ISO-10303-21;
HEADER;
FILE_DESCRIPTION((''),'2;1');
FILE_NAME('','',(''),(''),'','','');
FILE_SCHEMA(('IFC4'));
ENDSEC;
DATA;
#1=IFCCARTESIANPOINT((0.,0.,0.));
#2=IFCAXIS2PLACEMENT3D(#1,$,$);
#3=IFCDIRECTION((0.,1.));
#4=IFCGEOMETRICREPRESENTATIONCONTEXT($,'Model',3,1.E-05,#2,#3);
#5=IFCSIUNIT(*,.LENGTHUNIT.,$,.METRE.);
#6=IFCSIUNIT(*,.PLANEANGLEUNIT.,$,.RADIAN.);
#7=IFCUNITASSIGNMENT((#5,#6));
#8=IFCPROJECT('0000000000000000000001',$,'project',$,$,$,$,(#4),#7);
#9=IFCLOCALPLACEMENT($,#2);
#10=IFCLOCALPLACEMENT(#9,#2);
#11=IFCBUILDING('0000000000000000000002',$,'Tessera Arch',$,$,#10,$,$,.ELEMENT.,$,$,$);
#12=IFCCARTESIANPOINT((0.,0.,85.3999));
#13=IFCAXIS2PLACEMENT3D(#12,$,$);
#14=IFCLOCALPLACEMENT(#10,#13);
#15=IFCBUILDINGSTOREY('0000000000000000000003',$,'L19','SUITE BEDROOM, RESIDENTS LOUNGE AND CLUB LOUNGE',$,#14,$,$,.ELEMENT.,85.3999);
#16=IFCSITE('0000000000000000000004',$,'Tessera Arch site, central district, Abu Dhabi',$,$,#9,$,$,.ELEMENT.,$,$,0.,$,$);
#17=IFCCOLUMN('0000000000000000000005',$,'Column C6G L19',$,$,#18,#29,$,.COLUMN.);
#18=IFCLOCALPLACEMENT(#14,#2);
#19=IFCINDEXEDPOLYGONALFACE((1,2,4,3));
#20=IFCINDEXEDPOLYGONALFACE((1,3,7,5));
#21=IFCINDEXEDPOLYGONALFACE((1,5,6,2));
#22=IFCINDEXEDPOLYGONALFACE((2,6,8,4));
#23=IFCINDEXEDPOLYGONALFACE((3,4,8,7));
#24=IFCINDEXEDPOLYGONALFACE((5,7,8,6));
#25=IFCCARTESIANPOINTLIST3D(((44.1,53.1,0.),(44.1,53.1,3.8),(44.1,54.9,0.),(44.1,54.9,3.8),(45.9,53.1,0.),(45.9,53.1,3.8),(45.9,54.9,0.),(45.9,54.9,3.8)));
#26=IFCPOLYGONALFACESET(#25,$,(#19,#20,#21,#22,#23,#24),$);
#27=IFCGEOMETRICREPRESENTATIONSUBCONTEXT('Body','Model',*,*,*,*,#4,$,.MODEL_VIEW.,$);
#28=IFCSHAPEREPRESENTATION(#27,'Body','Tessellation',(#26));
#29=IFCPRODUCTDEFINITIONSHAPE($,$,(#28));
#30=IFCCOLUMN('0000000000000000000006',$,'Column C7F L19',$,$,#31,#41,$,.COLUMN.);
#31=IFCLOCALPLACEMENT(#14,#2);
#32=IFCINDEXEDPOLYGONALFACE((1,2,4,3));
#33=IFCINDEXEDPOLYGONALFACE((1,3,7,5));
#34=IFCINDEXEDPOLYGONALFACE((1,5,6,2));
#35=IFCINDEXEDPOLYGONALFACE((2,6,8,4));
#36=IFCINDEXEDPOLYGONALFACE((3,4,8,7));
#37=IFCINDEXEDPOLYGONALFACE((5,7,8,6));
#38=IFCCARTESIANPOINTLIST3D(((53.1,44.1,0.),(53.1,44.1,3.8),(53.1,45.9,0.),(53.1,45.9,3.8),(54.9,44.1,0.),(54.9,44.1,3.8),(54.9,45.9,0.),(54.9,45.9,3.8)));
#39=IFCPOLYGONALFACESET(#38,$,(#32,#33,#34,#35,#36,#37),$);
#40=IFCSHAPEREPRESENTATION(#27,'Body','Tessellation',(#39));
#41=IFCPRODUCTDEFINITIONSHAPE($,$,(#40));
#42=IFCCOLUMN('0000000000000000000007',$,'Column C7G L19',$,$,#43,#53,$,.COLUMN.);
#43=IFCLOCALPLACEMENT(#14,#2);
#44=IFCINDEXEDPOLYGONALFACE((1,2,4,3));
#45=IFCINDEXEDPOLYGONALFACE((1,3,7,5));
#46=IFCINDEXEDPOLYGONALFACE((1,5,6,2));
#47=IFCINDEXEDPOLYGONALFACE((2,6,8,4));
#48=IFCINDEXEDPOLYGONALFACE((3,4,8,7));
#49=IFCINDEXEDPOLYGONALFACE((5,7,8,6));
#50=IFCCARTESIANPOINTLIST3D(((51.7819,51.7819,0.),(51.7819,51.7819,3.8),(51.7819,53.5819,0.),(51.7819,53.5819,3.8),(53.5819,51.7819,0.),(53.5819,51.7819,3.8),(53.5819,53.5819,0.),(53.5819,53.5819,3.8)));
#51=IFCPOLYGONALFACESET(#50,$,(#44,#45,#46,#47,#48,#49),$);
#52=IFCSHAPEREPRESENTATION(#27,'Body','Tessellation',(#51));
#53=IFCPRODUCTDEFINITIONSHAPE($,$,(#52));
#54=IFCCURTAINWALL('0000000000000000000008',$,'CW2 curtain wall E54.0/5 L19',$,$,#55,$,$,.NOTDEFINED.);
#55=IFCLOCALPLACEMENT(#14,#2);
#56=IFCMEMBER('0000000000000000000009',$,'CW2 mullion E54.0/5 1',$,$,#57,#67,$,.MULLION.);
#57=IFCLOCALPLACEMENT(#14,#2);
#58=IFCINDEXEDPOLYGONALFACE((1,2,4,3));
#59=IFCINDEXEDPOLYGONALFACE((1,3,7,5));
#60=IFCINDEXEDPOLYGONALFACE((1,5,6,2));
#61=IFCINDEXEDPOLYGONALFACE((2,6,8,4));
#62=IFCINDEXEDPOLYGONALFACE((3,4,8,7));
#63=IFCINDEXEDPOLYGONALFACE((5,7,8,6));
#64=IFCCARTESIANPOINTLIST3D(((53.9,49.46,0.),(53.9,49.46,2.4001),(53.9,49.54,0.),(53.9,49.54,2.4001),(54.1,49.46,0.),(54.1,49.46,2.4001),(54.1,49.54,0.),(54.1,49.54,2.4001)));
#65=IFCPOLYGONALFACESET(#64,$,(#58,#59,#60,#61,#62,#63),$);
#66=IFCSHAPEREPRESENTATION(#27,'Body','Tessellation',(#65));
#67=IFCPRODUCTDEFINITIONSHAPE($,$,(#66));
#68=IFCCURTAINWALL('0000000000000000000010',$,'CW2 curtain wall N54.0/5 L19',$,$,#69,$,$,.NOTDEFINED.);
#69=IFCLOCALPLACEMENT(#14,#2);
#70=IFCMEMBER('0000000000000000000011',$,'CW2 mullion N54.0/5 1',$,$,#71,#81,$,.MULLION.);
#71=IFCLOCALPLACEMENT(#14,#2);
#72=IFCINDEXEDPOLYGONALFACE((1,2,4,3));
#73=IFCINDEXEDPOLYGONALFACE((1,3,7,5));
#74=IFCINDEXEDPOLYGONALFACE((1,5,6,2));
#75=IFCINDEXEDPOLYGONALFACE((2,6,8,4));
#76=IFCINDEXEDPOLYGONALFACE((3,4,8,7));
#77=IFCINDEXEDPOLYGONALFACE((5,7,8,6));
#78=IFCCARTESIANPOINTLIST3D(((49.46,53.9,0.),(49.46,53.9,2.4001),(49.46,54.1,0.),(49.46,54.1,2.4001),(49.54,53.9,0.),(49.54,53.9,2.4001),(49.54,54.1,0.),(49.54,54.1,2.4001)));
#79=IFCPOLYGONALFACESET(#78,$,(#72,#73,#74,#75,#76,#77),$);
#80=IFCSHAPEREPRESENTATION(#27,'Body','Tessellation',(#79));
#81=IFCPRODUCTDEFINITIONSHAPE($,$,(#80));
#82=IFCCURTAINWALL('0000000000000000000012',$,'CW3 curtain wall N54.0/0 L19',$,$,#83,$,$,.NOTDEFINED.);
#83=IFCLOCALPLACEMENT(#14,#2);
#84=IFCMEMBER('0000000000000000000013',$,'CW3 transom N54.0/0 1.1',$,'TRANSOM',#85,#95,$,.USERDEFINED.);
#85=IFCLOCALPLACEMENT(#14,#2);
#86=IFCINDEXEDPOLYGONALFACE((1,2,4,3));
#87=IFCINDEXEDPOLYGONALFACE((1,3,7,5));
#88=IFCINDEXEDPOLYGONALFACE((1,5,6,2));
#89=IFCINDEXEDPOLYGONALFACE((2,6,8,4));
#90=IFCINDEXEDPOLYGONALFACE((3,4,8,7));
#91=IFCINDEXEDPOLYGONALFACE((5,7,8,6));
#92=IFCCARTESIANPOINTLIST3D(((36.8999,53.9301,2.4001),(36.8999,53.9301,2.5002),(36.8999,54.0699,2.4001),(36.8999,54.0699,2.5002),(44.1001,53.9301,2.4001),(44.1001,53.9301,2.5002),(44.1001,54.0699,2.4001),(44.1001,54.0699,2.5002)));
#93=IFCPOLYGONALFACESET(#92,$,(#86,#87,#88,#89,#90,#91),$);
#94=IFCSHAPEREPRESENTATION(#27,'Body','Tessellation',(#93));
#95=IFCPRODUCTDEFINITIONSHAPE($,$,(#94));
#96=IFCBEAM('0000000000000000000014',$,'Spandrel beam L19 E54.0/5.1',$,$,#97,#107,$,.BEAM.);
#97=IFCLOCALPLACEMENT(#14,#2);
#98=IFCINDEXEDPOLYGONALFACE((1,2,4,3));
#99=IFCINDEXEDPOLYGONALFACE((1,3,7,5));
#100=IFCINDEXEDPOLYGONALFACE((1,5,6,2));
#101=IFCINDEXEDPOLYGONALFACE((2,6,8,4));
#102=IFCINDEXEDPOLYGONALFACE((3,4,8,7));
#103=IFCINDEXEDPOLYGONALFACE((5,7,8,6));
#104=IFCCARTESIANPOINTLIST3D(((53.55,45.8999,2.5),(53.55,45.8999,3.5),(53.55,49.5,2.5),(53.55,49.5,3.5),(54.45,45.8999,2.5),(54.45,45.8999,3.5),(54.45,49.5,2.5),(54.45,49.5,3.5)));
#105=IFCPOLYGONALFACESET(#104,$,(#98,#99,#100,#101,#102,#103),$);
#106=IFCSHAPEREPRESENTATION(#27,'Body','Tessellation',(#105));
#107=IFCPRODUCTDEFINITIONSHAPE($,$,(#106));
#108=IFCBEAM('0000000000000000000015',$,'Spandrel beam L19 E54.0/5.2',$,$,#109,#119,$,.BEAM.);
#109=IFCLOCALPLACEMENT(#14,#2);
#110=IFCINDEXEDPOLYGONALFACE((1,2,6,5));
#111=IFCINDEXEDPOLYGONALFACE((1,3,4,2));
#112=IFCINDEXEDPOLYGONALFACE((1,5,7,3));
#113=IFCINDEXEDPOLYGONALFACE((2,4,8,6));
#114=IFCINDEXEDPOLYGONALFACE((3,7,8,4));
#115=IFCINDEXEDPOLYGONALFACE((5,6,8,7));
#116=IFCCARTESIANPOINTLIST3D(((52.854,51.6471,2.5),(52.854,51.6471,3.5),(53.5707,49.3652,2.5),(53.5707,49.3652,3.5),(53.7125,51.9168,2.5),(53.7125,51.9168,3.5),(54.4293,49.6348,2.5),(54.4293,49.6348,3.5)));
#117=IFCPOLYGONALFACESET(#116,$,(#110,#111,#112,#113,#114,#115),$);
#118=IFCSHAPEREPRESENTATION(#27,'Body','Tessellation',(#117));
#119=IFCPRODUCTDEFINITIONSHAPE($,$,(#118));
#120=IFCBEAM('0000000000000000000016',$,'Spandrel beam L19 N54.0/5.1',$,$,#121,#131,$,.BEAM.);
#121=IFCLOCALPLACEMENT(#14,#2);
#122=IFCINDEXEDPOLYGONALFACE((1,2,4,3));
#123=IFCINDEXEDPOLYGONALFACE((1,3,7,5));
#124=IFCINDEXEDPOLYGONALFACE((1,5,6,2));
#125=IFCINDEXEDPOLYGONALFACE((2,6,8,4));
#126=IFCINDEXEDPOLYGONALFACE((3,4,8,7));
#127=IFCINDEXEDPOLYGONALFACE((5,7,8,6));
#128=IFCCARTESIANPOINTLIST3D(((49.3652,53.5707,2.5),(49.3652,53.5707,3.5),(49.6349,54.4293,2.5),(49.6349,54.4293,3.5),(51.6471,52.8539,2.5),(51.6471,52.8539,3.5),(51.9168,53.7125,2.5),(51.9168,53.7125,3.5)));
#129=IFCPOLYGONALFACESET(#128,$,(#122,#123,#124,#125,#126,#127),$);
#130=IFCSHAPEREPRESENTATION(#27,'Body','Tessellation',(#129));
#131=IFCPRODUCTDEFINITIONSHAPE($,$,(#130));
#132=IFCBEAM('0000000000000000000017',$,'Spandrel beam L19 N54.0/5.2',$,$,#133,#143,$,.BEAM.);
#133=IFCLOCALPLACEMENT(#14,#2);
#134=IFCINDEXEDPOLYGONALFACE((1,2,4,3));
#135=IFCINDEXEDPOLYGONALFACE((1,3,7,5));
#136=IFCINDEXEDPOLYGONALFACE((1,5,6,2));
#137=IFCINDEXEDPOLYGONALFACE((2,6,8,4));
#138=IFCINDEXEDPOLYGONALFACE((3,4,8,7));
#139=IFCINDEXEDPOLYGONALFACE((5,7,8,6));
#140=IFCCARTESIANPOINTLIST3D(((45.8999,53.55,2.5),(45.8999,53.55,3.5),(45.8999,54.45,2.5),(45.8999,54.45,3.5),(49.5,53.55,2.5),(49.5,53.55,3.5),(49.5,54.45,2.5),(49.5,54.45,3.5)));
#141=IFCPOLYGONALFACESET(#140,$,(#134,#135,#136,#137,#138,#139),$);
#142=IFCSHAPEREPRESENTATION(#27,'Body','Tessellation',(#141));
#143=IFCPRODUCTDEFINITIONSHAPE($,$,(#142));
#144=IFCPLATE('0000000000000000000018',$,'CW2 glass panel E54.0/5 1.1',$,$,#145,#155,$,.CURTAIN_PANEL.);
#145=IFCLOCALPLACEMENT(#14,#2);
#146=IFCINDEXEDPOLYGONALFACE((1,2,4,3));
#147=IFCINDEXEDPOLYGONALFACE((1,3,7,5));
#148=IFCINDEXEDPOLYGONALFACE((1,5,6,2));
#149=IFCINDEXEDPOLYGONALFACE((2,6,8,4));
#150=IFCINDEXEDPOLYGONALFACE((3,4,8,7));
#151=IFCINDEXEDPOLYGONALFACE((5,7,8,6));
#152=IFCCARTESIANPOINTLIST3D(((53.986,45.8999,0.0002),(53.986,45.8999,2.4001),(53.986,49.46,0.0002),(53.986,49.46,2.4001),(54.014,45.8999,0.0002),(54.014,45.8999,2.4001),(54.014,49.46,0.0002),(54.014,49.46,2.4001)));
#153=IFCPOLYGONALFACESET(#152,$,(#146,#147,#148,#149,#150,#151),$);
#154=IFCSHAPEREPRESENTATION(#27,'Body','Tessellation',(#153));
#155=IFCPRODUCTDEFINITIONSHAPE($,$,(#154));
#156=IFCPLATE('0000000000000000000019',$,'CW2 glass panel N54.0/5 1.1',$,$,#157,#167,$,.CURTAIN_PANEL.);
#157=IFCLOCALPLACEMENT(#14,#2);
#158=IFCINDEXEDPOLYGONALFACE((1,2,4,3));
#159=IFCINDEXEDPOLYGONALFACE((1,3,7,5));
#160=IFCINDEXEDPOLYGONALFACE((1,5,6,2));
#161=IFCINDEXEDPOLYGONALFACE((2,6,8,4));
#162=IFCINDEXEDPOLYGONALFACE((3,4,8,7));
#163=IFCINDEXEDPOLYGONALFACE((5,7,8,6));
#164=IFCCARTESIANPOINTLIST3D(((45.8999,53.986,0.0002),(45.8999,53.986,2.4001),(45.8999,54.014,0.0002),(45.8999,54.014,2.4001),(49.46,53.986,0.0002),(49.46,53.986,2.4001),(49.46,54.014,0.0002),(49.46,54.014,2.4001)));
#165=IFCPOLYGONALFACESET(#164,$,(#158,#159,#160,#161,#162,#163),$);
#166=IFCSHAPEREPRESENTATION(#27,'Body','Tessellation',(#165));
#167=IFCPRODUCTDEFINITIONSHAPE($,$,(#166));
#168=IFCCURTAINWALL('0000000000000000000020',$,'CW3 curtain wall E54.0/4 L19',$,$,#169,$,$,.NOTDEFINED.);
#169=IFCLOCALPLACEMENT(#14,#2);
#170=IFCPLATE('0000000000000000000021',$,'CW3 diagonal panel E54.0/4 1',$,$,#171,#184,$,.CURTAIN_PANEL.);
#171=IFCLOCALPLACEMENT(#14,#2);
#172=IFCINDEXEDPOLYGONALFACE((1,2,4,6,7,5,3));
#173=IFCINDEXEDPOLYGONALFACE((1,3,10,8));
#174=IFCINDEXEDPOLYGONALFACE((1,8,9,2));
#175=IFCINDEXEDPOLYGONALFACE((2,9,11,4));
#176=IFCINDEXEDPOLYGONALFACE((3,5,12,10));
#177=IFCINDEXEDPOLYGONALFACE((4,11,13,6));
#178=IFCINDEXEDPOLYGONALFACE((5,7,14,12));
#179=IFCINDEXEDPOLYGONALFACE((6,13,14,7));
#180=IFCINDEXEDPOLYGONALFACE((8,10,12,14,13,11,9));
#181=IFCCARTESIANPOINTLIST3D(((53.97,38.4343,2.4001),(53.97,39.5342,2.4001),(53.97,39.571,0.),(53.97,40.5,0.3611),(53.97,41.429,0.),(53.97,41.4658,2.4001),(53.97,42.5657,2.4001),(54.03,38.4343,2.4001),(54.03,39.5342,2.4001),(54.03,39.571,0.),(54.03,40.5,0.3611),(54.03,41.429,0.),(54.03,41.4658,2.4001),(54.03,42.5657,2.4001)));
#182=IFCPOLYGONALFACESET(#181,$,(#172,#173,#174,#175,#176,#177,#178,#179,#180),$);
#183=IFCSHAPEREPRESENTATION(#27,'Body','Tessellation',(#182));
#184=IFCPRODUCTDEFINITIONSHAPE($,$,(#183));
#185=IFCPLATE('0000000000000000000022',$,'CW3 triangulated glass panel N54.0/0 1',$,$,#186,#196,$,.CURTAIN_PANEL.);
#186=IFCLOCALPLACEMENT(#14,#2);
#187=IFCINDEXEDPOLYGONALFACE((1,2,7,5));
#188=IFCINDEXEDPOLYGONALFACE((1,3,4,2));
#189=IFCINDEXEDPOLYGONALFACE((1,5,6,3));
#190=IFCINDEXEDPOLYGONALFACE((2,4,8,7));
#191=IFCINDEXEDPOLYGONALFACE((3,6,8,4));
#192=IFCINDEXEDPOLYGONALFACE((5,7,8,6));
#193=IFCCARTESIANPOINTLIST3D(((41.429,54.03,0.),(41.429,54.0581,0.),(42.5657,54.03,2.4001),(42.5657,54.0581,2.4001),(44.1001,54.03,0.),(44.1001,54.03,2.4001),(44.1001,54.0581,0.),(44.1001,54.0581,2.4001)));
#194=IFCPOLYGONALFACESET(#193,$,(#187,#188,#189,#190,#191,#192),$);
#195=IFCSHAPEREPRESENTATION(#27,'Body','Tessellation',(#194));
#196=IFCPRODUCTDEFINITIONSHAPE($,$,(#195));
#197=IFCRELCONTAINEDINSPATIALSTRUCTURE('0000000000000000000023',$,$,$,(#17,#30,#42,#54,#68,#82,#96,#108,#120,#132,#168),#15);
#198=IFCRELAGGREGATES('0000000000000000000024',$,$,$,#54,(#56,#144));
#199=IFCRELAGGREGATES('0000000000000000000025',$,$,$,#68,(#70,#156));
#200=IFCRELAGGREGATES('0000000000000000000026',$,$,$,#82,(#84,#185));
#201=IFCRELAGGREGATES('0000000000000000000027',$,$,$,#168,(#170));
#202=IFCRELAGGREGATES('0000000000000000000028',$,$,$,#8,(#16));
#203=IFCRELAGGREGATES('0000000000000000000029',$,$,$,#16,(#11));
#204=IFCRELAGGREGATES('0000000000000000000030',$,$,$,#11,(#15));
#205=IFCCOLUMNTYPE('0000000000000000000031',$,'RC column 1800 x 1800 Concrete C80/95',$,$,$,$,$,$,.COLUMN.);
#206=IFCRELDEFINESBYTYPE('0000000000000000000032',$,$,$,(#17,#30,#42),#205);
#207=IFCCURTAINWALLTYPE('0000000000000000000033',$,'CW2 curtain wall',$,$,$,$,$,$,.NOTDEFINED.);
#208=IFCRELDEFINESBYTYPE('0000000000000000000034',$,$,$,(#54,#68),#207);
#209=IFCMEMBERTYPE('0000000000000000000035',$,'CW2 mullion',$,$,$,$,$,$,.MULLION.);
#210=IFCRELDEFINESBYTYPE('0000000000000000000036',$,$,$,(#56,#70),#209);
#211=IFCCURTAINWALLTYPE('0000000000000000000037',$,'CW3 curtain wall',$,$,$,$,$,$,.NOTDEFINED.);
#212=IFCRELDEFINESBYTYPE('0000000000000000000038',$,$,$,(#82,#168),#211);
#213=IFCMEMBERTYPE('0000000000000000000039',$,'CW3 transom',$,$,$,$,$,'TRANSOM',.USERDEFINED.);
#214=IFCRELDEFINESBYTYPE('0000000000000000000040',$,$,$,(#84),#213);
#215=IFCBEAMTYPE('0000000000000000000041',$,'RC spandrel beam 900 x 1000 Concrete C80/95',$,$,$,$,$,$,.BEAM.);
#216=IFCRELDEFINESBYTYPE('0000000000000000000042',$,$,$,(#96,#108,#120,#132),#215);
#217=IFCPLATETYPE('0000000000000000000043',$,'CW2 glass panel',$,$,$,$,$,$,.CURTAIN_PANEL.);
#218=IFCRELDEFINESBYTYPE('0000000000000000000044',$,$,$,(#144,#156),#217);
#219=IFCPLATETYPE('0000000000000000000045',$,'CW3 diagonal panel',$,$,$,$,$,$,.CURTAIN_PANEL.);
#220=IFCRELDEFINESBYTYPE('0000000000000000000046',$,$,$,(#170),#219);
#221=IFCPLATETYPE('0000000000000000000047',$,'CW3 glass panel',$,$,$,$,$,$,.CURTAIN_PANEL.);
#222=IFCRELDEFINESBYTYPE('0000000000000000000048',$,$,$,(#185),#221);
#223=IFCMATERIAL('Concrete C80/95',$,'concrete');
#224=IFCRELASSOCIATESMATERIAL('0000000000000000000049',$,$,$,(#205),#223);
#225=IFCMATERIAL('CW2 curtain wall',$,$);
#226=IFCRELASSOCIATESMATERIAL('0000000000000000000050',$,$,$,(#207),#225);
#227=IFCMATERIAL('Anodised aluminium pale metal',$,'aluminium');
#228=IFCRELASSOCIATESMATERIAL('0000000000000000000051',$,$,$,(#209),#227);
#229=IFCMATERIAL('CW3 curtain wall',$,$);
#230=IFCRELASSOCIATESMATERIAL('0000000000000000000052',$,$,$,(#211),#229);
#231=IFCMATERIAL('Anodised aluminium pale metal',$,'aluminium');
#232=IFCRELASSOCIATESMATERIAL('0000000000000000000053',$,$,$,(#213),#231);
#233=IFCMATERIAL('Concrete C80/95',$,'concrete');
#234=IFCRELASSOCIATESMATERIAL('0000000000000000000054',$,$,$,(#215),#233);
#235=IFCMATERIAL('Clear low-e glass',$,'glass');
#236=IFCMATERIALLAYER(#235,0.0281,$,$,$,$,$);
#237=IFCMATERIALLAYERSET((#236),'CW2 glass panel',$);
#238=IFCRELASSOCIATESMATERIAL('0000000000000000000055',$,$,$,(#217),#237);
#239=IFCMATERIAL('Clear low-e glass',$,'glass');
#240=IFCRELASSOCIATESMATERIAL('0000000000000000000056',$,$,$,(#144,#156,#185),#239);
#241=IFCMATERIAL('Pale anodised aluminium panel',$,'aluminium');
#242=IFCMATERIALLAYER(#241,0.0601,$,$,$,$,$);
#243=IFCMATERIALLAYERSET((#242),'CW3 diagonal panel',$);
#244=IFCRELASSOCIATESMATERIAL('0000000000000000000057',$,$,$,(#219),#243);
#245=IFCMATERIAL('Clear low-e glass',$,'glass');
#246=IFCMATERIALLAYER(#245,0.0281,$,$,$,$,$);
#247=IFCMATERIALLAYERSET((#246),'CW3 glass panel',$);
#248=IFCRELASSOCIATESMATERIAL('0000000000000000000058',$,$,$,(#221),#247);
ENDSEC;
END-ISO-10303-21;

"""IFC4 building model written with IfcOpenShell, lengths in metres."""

from ifc_helpers import new_model, si_unit, direction, frame, origin, origin_2d, place, context, subcontext, project, spatial, polyline, rectangle, outline, extrude, material, layer, layer_set, material_profile, profile_set, type_object, element, aggregate, save


model = new_model("IFC4")

# Units and contexts
model_context = context("Model", 3, precision=1e-05, world=origin(), true_north=direction((0.0, 1.0)))
body_context = subcontext(model_context, "Body", "Model", "MODEL_VIEW")
ifc_project = project(units=[si_unit("LENGTHUNIT", "METRE"), si_unit("PLANEANGLEUNIT", "RADIAN")], contexts=[model_context])

# Site, building, storey
site_placement = place(None, origin())
site = spatial("IfcSite", under=ifc_project, at=site_placement, Name="Tessera Arch site, central district, Abu Dhabi", CompositionType="ELEMENT", RefElevation=0.0)
building_placement = place(site_placement, origin())
building = spatial("IfcBuilding", under=site, at=building_placement, Name="Tessera Arch", CompositionType="ELEMENT")
storey_placement = place(building_placement, frame((0.0, 0.0, 85.3999)))
storey = spatial("IfcBuildingStorey", under=building, at=storey_placement, Name="L19", Description="SUITE BEDROOM, RESIDENTS LOUNGE AND CLUB LOUNGE", CompositionType="ELEMENT", Elevation=85.3999)

# Columns
ifc_material_1 = material(Name="Concrete C80/95", Category="concrete")
ifc_material_profile_1 = material_profile(ifc_material_1, rectangle(XDim=1.8, YDim=1.8, at=origin_2d()), Name="RC column 1800 x 1800 Concrete C80/95")
ifc_profile_set_1 = profile_set([ifc_material_profile_1], Name="Concrete C80/95")
column_type = type_object("IfcColumnType", Name="RC column 1800 x 1800 Concrete C80/95", PredefinedType="COLUMN", material=ifc_profile_set_1)
for number, where, z_axis, x_axis, name in (
    (1, (45.0, 54.0, 0.0), (0.0, 0.0, 1.0), (1.0, 0.0, 0.0), "Column C6G L19"),
    (2, (54.0, 45.0, 0.0), (0.0, 0.0, 1.0), (1.0, 0.0, 0.0), "Column C7F L19"),
    (3, (52.6819, 52.6819, 0.0), (0.0, 0.0, 1.0), (1.0, 0.0, 0.0), "Column C7G L19"),
):
    element("IfcColumn", number, at=place(storey_placement, frame(where, z_axis=z_axis, x_axis=x_axis)), inside=storey, type_object=column_type, Name=name, PredefinedType="COLUMN", context=body_context, shape_type="SweptSolid", body=[
        extrude(rectangle(XDim=1.8, YDim=1.8, at=origin_2d()), origin(), (0.0, 0.0, 1.0), 3.8),
    ])

# Curtain walls, members
ifc_material_2 = material(Name="CW2 curtain wall")
curtain_wall_type_1 = type_object("IfcCurtainWallType", Name="CW2 curtain wall", PredefinedType="NOTDEFINED", material=ifc_material_2)
curtain_wall_1_placement = place(storey_placement, origin())
curtain_wall_1 = element("IfcCurtainWall", 4, at=curtain_wall_1_placement, inside=storey, type_object=curtain_wall_type_1, Name="CW2 curtain wall E54.0/5 L19", PredefinedType="NOTDEFINED")
ifc_material_3 = material(Name="Anodised aluminium pale metal", Category="aluminium")
ifc_material_profile_2 = material_profile(ifc_material_3, rectangle(XDim=0.2, YDim=0.0801, at=origin_2d()), Name="AL 80x200")
ifc_profile_set_2 = profile_set([ifc_material_profile_2], Name="Anodised aluminium pale metal")
member_type_1 = type_object("IfcMemberType", Name="CW2 mullion", PredefinedType="MULLION", material=ifc_profile_set_2)
member_1_placement = place(storey_placement, frame((54.0, 49.5, 0.0), z_axis=(0.0, 0.0, 1.0), x_axis=(-1.0, 0.0, 0.0)))
member_1 = element("IfcMember", 5, at=member_1_placement, type_object=member_type_1, Name="CW2 mullion E54.0/5 1", PredefinedType="MULLION", context=body_context, shape_type="SweptSolid", body=[
    extrude(rectangle(XDim=0.2, YDim=0.0801, at=origin_2d()), origin(), (0.0, 0.0, 1.0), 2.4001),
])
curtain_wall_2_placement = place(storey_placement, origin())
curtain_wall_2 = element("IfcCurtainWall", 6, at=curtain_wall_2_placement, inside=storey, type_object=curtain_wall_type_1, Name="CW2 curtain wall N54.0/5 L19", PredefinedType="NOTDEFINED")
member_2_placement = place(storey_placement, frame((49.5, 54.0, 0.0), z_axis=(0.0, 0.0, 1.0), x_axis=(0.0, -1.0, 0.0)))
member_2 = element("IfcMember", 7, at=member_2_placement, type_object=member_type_1, Name="CW2 mullion N54.0/5 1", PredefinedType="MULLION", context=body_context, shape_type="SweptSolid", body=[
    extrude(rectangle(XDim=0.2, YDim=0.0801, at=origin_2d()), origin(), (0.0, 0.0, 1.0), 2.4001),
])
ifc_material_4 = material(Name="CW3 curtain wall")
curtain_wall_type_2 = type_object("IfcCurtainWallType", Name="CW3 curtain wall", PredefinedType="NOTDEFINED", material=ifc_material_4)
curtain_wall_3_placement = place(storey_placement, origin())
curtain_wall_3 = element("IfcCurtainWall", 8, at=curtain_wall_3_placement, inside=storey, type_object=curtain_wall_type_2, Name="CW3 curtain wall N54.0/0 L19", PredefinedType="NOTDEFINED")
ifc_material_5 = material(Name="Anodised aluminium pale metal", Category="aluminium")
ifc_material_profile_3 = material_profile(ifc_material_5, rectangle(XDim=0.1399, YDim=0.1001, at=origin_2d()), Name="AL 140x100")
ifc_profile_set_3 = profile_set([ifc_material_profile_3], Name="Anodised aluminium pale metal")
member_type_2 = type_object("IfcMemberType", Name="CW3 transom", ElementType="TRANSOM", PredefinedType="USERDEFINED", material=ifc_profile_set_3)
member_3_placement = place(storey_placement, frame((44.1001, 54.0, 2.4502), z_axis=(-1.0, 0.0, 0.0), x_axis=(0.0, -1.0, 0.0)))
member_3 = element("IfcMember", 9, at=member_3_placement, type_object=member_type_2, Name="CW3 transom N54.0/0 1.1", ObjectType="TRANSOM", PredefinedType="USERDEFINED", context=body_context, shape_type="SweptSolid", body=[
    extrude(rectangle(XDim=0.1399, YDim=0.1001, at=origin_2d()), origin(), (0.0, 0.0, 1.0), 7.2002),
])

# Beams
ifc_material_6 = material(Name="Concrete C80/95", Category="concrete")
ifc_material_profile_4 = material_profile(ifc_material_6, rectangle(XDim=0.8999, YDim=1.0, at=origin_2d()), Name="RC spandrel beam 900 x 1000 Concrete C80/95")
ifc_profile_set_4 = profile_set([ifc_material_profile_4], Name="Concrete C80/95")
beam_type = type_object("IfcBeamType", Name="RC spandrel beam 900 x 1000 Concrete C80/95", PredefinedType="BEAM", material=ifc_profile_set_4)
beam_1_placement = place(storey_placement, frame((54.0, 45.8999, 3.0), z_axis=(0.0, 1.0, 0.0), x_axis=(-1.0, 0.0, 0.0)))
element("IfcBeam", 10, at=beam_1_placement, inside=storey, type_object=beam_type, Name="Spandrel beam L19 E54.0/5.1", PredefinedType="BEAM", context=body_context, shape_type="SweptSolid", body=[
    extrude(rectangle(XDim=0.8999, YDim=1.0, at=origin_2d()), origin(), (0.0, 0.0, 1.0), 3.6001),
])
for number, where, z_axis, x_axis, name in (
    (11, (54.0, 49.5, 3.0), (-0.299675, 0.954041, 0.0), (-0.954041, -0.299675, 0.0), "Spandrel beam L19 E54.0/5.2"),
    (12, (51.782, 53.2832, 3.0), (-0.954041, 0.299675, 0.0), (-0.299675, -0.954041, 0.0), "Spandrel beam L19 N54.0/5.1"),
):
    element("IfcBeam", number, at=place(storey_placement, frame(where, z_axis=z_axis, x_axis=x_axis)), inside=storey, type_object=beam_type, Name=name, PredefinedType="BEAM", context=body_context, shape_type="SweptSolid", body=[
        extrude(rectangle(XDim=0.8999, YDim=1.0, at=origin_2d()), origin(), (0.0, 0.0, 1.0), 2.3918),
    ])
beam_2_placement = place(storey_placement, frame((49.5, 54.0, 3.0), z_axis=(-1.0, 0.0, 0.0), x_axis=(0.0, -1.0, 0.0)))
element("IfcBeam", 13, at=beam_2_placement, inside=storey, type_object=beam_type, Name="Spandrel beam L19 N54.0/5.2", PredefinedType="BEAM", context=body_context, shape_type="SweptSolid", body=[
    extrude(rectangle(XDim=0.8999, YDim=1.0, at=origin_2d()), origin(), (0.0, 0.0, 1.0), 3.6001),
])

# Plates
ifc_material_7 = material(Name="Clear low-e glass", Category="glass")
ifc_material_8 = material(Name="Clear low-e glass", Category="glass")
ifc_layer_1 = layer(ifc_material_8, 0.0281)
ifc_layer_set_1 = layer_set([ifc_layer_1], Name="CW2 glass panel")
plate_type_1 = type_object("IfcPlateType", Name="CW2 glass panel", PredefinedType="CURTAIN_PANEL", material=ifc_layer_set_1)
plate_1_placement = place(storey_placement, frame((54.0, 47.6799, 0.0002), z_axis=(0.0, 0.0, 1.0), x_axis=(0.0, 1.0, 0.0)))
plate_1 = element("IfcPlate", 14, at=plate_1_placement, type_object=plate_type_1, material=ifc_material_7, Name="CW2 glass panel E54.0/5 1.1", PredefinedType="CURTAIN_PANEL", context=body_context, shape_type="SweptSolid", body=[
    extrude(rectangle(XDim=3.5601, YDim=0.0281, at=origin_2d()), origin(), (0.0, 0.0, 1.0), 2.3999),
])
aggregate(curtain_wall_1, [member_1, plate_1])
plate_2_placement = place(storey_placement, frame((47.6799, 54.0, 0.0002), z_axis=(0.0, 0.0, 1.0), x_axis=(-1.0, 0.0, 0.0)))
plate_2 = element("IfcPlate", 15, at=plate_2_placement, type_object=plate_type_1, material=ifc_material_7, Name="CW2 glass panel N54.0/5 1.1", PredefinedType="CURTAIN_PANEL", context=body_context, shape_type="SweptSolid", body=[
    extrude(rectangle(XDim=3.5601, YDim=0.0281, at=origin_2d()), origin(), (0.0, 0.0, 1.0), 2.3999),
])
aggregate(curtain_wall_2, [member_2, plate_2])

# Curtain wall, plate
curtain_wall_4_placement = place(storey_placement, origin())
curtain_wall_4 = element("IfcCurtainWall", 16, at=curtain_wall_4_placement, inside=storey, type_object=curtain_wall_type_2, Name="CW3 curtain wall E54.0/4 L19", PredefinedType="NOTDEFINED")
ifc_material_9 = material(Name="Pale anodised aluminium panel", Category="aluminium")
ifc_layer_2 = layer(ifc_material_9, 0.0601)
ifc_layer_set_2 = layer_set([ifc_layer_2], Name="CW3 diagonal panel")
plate_type_2 = type_object("IfcPlateType", Name="CW3 diagonal panel", PredefinedType="CURTAIN_PANEL", material=ifc_layer_set_2)
plate_3_placement = place(storey_placement, frame((54.03, 42.5657, 2.4001), z_axis=(1.0, 0.0, 0.0), x_axis=(0.0, -1.0, 0.0)))
plate_3 = element("IfcPlate", 17, at=plate_3_placement, type_object=plate_type_2, Name="CW3 diagonal panel E54.0/4 1", PredefinedType="CURTAIN_PANEL", context=body_context, shape_type="SweptSolid", body=[
    extrude(outline(polyline([(0.0, 0.0), (1.0999, 0.0), (2.0657, 2.0391), (3.0315, 0.0), (4.1313, 0.0), (2.9946, 2.4001), (1.1367, 2.4001), (0.0, 0.0)])), origin(), (0.0, 0.0, -1.0), 0.0601),
])

# Plate
ifc_material_10 = material(Name="Clear low-e glass", Category="glass")
ifc_layer_3 = layer(ifc_material_10, 0.0281)
ifc_layer_set_3 = layer_set([ifc_layer_3], Name="CW3 glass panel")
plate_type_3 = type_object("IfcPlateType", Name="CW3 glass panel", PredefinedType="CURTAIN_PANEL", material=ifc_layer_set_3)
plate_4_placement = place(storey_placement, frame((44.1001, 54.0581, 0.0), z_axis=(0.0, 1.0, 0.0), x_axis=(-1.0, 0.0, 0.0)))
plate_4 = element("IfcPlate", 18, at=plate_4_placement, type_object=plate_type_3, material=ifc_material_7, Name="CW3 triangulated glass panel N54.0/0 1", PredefinedType="CURTAIN_PANEL", context=body_context, shape_type="SweptSolid", body=[
    extrude(outline(polyline([(0.0, 0.0), (2.6711, 0.0), (1.5344, 2.4001), (0.0, 2.4001), (0.0, 0.0)])), origin(), (0.0, 0.0, -1.0), 0.0281),
])
aggregate(curtain_wall_3, [member_3, plate_4])
aggregate(curtain_wall_4, [plate_3])

save(model, "model.ifc")
